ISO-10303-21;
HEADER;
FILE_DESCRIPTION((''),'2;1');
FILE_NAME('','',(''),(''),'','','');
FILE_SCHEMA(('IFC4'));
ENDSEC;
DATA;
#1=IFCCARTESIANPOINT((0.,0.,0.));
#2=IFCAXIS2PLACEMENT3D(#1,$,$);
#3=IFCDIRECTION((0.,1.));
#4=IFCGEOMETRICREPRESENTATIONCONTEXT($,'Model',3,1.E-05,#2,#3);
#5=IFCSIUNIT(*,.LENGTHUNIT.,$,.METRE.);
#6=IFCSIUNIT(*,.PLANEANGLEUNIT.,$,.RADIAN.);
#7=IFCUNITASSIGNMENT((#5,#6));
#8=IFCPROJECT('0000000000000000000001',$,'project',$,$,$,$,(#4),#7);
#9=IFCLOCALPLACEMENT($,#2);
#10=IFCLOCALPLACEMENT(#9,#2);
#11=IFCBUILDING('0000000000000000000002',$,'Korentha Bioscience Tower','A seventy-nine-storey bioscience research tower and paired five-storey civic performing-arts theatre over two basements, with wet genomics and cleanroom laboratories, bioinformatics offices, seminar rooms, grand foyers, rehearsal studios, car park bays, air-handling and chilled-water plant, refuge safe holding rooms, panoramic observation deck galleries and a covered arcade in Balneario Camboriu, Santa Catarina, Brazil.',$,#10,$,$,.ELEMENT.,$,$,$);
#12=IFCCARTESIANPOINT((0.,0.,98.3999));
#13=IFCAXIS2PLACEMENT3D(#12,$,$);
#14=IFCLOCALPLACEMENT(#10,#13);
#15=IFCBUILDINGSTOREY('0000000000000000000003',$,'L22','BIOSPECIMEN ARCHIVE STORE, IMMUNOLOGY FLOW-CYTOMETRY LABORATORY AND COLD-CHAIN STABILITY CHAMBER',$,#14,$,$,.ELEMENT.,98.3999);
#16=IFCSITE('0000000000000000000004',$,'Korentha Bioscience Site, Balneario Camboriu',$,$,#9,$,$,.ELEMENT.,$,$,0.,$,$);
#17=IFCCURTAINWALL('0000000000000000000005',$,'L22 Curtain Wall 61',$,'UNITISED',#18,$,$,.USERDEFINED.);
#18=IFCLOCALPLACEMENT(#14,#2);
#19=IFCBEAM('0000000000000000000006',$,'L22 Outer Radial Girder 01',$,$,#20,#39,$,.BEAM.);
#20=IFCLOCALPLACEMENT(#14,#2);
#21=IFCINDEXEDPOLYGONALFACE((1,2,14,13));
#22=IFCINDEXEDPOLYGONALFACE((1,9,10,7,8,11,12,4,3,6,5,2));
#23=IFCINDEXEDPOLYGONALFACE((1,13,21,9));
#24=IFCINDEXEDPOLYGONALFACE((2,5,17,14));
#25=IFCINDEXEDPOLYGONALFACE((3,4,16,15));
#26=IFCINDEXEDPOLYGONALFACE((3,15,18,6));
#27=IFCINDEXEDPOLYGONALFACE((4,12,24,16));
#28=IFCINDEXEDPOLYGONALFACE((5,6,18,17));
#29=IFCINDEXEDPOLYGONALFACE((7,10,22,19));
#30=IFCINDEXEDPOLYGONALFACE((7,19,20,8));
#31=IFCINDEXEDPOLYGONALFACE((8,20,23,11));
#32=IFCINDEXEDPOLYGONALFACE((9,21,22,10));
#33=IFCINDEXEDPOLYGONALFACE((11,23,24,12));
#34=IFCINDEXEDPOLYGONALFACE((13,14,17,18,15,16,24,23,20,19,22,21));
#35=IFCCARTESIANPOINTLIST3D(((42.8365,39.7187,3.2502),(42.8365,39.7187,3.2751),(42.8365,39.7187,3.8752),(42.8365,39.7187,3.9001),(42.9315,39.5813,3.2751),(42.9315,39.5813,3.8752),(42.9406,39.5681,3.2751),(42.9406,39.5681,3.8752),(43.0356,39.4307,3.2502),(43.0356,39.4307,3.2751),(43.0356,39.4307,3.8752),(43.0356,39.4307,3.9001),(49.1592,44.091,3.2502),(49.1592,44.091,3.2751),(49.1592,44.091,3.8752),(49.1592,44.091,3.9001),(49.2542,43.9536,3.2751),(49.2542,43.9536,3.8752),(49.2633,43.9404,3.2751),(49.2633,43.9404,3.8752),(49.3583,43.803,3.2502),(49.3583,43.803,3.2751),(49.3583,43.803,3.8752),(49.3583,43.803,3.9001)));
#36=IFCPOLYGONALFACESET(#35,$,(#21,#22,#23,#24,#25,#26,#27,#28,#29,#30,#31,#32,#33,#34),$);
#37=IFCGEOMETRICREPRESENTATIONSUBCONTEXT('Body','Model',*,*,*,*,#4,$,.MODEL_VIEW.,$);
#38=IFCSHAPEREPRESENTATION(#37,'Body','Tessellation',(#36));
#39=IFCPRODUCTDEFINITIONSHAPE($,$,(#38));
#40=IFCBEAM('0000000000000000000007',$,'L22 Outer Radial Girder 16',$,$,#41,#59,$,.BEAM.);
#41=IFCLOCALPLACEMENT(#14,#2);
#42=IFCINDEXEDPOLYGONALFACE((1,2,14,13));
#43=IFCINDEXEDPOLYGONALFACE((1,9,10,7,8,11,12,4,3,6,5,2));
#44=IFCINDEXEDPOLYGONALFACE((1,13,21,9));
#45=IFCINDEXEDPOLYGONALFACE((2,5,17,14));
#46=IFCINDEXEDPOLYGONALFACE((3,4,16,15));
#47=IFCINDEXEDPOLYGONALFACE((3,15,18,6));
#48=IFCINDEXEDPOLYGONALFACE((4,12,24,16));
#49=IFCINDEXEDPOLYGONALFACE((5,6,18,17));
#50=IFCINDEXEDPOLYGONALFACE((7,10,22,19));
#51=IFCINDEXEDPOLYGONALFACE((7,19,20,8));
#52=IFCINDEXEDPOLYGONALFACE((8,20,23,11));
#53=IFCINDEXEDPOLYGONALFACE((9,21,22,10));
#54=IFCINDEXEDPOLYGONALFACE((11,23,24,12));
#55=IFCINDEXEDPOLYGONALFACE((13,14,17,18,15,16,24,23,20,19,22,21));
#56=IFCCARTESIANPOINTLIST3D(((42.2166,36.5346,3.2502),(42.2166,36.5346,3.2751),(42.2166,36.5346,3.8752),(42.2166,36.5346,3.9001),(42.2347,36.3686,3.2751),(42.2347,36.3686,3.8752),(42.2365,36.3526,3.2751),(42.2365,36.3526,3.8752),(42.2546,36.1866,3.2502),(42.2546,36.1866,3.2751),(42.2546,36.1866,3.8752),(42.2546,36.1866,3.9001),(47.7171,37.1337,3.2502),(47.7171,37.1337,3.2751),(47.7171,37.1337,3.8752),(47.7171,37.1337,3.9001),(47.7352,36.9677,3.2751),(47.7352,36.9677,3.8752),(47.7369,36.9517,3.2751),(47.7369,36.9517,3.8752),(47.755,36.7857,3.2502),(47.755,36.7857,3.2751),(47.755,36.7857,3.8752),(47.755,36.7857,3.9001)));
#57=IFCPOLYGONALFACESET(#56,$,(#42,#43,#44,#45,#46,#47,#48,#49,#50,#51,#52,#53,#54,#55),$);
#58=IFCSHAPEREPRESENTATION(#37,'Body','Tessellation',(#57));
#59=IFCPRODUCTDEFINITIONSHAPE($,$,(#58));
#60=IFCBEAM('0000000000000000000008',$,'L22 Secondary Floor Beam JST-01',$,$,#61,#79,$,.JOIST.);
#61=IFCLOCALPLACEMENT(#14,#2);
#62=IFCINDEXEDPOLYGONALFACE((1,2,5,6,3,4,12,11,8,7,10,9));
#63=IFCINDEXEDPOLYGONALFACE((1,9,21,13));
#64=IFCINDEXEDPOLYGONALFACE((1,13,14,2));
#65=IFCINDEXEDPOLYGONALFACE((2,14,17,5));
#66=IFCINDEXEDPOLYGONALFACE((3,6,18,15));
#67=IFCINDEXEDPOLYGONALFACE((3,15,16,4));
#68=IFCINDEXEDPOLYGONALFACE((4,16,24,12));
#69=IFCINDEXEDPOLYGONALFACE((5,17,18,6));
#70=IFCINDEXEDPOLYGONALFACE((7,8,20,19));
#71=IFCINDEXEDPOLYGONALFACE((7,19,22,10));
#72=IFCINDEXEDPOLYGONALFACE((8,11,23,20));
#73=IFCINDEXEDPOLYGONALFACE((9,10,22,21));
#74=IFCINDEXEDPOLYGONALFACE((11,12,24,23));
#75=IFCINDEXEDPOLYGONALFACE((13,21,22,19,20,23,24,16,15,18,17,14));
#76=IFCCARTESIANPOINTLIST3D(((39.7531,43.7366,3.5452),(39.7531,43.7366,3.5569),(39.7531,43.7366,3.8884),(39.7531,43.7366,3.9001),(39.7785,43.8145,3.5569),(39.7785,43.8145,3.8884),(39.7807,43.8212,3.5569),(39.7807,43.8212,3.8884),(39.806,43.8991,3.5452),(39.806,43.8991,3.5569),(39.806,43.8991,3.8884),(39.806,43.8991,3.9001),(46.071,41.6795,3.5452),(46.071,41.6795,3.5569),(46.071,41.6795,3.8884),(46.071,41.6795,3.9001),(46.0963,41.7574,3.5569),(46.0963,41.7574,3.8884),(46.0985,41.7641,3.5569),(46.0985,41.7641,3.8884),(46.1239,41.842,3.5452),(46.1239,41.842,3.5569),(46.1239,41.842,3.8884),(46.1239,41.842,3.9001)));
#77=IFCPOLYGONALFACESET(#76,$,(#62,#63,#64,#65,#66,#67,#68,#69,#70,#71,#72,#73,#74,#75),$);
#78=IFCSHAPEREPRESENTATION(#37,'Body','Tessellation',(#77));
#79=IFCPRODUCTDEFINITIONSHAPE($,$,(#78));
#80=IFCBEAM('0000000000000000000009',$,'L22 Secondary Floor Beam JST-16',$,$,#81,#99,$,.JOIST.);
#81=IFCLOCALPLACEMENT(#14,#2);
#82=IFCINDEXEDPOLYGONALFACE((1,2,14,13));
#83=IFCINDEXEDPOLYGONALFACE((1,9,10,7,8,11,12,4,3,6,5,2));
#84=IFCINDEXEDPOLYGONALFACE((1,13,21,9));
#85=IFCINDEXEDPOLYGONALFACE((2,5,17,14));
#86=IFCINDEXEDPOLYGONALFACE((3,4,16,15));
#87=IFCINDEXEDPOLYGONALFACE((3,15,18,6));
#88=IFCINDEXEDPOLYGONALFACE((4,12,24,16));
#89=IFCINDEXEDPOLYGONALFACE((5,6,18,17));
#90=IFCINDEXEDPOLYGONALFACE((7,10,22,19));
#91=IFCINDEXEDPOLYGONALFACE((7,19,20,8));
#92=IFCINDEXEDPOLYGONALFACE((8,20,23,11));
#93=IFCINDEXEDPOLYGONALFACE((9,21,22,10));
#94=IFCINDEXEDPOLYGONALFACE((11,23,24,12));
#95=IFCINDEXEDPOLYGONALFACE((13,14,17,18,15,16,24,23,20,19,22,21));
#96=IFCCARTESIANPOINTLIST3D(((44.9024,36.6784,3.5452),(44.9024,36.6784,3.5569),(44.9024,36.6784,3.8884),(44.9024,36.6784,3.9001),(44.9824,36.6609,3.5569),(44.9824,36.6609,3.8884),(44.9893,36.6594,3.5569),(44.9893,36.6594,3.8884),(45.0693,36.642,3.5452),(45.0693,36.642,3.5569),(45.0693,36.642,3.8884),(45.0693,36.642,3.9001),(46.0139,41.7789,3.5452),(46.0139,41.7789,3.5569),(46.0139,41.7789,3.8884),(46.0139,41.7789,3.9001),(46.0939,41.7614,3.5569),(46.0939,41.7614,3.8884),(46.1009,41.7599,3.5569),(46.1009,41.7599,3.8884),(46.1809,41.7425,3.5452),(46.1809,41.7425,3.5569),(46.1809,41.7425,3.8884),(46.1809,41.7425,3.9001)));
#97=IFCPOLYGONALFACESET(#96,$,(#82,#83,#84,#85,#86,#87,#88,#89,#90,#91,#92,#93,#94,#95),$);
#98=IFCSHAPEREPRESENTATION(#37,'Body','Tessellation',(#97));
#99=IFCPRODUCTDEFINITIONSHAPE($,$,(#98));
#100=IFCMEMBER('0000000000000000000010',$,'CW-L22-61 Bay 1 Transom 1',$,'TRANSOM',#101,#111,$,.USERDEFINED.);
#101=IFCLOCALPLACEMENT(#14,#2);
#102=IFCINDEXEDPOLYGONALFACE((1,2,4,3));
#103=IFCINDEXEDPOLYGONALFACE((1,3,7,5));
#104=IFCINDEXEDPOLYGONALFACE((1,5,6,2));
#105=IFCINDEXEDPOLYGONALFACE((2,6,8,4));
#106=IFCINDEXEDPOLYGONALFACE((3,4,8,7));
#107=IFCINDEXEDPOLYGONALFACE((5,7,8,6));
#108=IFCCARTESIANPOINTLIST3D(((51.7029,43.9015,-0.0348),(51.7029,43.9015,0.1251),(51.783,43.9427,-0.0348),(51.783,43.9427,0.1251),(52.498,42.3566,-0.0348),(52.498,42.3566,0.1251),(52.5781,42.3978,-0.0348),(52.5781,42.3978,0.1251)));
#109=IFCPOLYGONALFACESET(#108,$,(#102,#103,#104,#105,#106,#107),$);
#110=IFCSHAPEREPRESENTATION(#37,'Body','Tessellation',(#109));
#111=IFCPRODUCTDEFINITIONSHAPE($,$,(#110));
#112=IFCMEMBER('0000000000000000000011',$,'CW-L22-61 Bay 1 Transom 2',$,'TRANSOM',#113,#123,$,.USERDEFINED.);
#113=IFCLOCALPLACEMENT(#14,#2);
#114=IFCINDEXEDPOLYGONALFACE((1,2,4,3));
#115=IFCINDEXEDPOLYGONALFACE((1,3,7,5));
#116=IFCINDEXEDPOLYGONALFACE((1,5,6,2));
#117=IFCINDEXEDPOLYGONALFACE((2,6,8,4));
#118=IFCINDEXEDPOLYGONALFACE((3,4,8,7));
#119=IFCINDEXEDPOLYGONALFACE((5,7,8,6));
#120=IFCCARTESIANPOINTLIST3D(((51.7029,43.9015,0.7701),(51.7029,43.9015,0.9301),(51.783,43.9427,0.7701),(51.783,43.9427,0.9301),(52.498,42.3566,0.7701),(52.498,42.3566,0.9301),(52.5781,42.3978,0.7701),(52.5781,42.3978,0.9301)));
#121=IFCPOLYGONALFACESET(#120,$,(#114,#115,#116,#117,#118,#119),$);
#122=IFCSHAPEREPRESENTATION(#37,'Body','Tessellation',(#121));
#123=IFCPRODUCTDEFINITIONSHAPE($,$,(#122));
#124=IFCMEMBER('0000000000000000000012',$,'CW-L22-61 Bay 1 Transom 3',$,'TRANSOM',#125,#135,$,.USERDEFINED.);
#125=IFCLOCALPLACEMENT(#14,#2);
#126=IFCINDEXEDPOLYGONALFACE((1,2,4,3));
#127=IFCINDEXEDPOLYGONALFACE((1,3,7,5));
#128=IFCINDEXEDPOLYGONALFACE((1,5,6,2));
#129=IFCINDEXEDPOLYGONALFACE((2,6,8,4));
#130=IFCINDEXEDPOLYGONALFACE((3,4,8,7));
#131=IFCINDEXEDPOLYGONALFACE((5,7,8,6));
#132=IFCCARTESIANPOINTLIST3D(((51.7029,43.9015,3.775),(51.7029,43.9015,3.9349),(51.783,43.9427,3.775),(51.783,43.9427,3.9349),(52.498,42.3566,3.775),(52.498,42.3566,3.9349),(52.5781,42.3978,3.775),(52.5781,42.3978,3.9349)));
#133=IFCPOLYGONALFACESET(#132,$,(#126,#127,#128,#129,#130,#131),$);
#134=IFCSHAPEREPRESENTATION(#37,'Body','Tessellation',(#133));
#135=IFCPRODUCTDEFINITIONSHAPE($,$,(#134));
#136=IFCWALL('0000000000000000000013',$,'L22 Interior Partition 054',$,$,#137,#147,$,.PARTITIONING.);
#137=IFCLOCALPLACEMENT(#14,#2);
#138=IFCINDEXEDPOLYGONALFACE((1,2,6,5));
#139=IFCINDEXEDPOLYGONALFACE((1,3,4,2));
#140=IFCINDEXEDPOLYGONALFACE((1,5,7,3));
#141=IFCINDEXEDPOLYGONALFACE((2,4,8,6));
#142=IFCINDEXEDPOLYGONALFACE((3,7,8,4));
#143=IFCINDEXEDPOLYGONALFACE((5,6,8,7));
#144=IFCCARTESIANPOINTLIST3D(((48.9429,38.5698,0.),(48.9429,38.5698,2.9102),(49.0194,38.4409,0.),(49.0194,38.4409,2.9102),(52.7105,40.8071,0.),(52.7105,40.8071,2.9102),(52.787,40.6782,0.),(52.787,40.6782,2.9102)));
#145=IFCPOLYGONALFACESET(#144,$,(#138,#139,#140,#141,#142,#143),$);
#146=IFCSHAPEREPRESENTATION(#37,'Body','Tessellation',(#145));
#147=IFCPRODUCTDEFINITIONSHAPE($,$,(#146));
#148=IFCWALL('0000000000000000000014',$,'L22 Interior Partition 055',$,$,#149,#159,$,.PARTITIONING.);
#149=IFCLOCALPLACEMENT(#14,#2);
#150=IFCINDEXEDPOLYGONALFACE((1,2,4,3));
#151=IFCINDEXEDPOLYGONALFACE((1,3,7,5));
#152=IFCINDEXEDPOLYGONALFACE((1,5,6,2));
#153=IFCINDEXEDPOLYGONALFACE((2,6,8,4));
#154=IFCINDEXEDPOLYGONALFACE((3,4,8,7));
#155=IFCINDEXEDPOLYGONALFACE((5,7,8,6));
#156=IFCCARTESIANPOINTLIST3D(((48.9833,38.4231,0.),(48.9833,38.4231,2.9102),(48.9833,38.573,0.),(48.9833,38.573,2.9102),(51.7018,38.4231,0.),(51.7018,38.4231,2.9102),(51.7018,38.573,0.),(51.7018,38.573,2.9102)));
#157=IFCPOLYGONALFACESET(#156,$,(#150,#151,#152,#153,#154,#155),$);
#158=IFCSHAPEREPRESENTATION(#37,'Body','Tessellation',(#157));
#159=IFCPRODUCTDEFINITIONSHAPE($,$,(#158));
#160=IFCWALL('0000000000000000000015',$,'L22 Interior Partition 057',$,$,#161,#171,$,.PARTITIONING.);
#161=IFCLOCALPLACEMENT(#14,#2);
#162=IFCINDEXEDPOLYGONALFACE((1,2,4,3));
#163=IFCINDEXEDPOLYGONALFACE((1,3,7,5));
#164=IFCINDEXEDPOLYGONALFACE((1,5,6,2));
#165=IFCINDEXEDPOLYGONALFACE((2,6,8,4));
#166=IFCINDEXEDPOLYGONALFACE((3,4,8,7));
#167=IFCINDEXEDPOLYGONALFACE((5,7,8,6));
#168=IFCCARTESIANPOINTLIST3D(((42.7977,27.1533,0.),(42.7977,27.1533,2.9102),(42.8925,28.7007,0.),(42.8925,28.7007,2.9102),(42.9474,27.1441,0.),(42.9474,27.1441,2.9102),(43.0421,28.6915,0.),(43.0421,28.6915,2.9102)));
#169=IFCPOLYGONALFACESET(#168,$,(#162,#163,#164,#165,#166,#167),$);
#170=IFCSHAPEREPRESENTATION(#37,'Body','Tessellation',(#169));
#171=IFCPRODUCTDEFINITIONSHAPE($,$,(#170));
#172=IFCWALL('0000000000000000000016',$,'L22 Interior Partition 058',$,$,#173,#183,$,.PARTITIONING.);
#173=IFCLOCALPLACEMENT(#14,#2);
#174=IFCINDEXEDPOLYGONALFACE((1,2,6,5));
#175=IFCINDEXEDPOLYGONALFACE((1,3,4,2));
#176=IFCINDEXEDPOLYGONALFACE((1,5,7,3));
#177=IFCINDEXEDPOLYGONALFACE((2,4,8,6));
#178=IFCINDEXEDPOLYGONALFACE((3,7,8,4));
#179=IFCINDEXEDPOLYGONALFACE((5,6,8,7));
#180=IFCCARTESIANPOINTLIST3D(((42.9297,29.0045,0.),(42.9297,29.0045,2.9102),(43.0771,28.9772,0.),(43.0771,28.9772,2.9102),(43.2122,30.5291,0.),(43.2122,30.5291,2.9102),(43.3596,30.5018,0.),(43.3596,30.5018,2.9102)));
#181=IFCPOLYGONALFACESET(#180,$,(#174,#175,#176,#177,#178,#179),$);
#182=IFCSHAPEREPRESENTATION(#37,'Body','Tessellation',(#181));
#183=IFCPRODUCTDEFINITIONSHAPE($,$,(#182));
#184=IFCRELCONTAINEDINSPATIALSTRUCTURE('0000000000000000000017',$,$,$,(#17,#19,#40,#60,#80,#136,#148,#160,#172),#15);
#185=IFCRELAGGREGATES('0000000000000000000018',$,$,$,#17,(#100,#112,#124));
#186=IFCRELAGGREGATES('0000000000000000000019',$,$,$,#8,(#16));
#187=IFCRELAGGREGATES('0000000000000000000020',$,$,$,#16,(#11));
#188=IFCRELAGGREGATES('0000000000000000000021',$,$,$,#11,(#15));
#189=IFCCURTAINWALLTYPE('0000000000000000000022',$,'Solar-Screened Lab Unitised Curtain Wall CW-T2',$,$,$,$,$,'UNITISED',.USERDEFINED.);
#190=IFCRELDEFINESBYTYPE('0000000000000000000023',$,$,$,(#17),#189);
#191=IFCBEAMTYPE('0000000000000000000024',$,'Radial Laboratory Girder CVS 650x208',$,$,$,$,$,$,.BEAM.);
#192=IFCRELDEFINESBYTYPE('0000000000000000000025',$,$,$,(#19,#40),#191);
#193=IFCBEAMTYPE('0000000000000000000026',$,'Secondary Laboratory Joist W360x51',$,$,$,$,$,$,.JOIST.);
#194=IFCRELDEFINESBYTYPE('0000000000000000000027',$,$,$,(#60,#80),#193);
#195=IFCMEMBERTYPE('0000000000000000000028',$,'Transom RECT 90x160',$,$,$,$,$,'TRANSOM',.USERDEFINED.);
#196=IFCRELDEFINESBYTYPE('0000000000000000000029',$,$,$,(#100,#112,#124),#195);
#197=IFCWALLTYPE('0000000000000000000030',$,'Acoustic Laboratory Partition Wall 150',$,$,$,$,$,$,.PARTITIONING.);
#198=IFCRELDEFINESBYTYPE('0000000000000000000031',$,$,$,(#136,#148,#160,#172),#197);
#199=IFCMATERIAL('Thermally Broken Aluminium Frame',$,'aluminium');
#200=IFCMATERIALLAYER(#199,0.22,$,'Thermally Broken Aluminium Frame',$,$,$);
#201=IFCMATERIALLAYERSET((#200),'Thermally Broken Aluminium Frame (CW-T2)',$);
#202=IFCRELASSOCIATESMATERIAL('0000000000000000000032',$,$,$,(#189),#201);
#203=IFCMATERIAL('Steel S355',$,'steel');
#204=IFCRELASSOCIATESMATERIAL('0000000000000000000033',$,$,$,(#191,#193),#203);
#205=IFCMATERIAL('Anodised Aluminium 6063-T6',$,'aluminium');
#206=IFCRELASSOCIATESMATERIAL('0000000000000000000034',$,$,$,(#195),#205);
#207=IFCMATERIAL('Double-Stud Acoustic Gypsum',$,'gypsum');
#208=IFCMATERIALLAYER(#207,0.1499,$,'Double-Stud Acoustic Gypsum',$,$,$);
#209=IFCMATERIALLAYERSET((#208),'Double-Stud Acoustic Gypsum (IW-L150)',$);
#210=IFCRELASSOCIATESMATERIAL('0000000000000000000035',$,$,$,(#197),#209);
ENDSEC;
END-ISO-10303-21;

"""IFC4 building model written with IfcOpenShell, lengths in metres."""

from ifc_helpers import new_model, si_unit, direction, frame, frame_2d, origin, origin_2d, place, context, subcontext, project, spatial, rectangle, i_section, extrude, material, layer, layer_set, material_profile, profile_set, type_object, element, aggregate, save


model = new_model("IFC4")

# Units and contexts
model_context = context("Model", 3, precision=1e-05, world=origin(), true_north=direction((0.0, 1.0)))
body_context = subcontext(model_context, "Body", "Model", "MODEL_VIEW")
ifc_project = project(units=[si_unit("LENGTHUNIT", "METRE"), si_unit("PLANEANGLEUNIT", "RADIAN")], contexts=[model_context])

# Site, building, storey
site_placement = place(None, origin())
site = spatial("IfcSite", under=ifc_project, at=site_placement, Name="Korentha Bioscience Site, Balneario Camboriu", CompositionType="ELEMENT", RefElevation=0.0)
building_placement = place(site_placement, origin())
building = spatial("IfcBuilding", under=site, at=building_placement, Name="Korentha Bioscience Tower", Description="A seventy-nine-storey bioscience research tower and paired five-storey civic performing-arts theatre over two basements, with wet genomics and cleanroom laboratories, bioinformatics offices, seminar rooms, grand foyers, rehearsal studios, car park bays, air-handling and chilled-water plant, refuge safe holding rooms, panoramic observation deck galleries and a covered arcade in Balneario Camboriu, Santa Catarina, Brazil.", CompositionType="ELEMENT")
storey_placement = place(building_placement, frame((0.0, 0.0, 98.3999)))
storey = spatial("IfcBuildingStorey", under=building, at=storey_placement, Name="L22", Description="BIOSPECIMEN ARCHIVE STORE, IMMUNOLOGY FLOW-CYTOMETRY LABORATORY AND COLD-CHAIN STABILITY CHAMBER", CompositionType="ELEMENT", Elevation=98.3999)

# Shared definitions
ifc_material_1 = material(Name="Steel S355", Category="steel")

# Curtain wall
ifc_material_2 = material(Name="Thermally Broken Aluminium Frame", Category="aluminium")
ifc_layer_1 = layer(ifc_material_2, 0.22, Name="Thermally Broken Aluminium Frame")
ifc_layer_set_1 = layer_set([ifc_layer_1], Name="Thermally Broken Aluminium Frame (CW-T2)")
curtain_wall_type = type_object("IfcCurtainWallType", Name="Solar-Screened Lab Unitised Curtain Wall CW-T2", ElementType="UNITISED", PredefinedType="USERDEFINED", material=ifc_layer_set_1)
curtain_wall_placement = place(storey_placement, origin())
curtain_wall = element("IfcCurtainWall", 1, at=curtain_wall_placement, inside=storey, type_object=curtain_wall_type, Name="L22 Curtain Wall 61", ObjectType="UNITISED", PredefinedType="USERDEFINED")
ifc_material_3 = material(Name="Anodised Aluminium 6063-T6", Category="aluminium")

# Beams
ifc_material_profile_1 = material_profile(ifc_material_1, i_section(OverallWidth=0.3501, OverallDepth=0.6499, WebThickness=0.0161, FlangeThickness=0.0249, at=origin_2d()), Name="Steel S355")
ifc_profile_set_1 = profile_set([ifc_material_profile_1], Name="Steel S355 (RB-650)")
beam_type_1 = type_object("IfcBeamType", Name="Radial Laboratory Girder CVS 650x208", PredefinedType="BEAM", material=ifc_profile_set_1)
beam_1_placement = place(storey_placement, frame((42.936, 39.5747, 3.5752), z_axis=(0.822495, 0.568772, 0.0), x_axis=(-0.568772, 0.822495, 0.0)))
element("IfcBeam", 2, at=beam_1_placement, inside=storey, type_object=beam_type_1, Name="L22 Outer Radial Girder 01", PredefinedType="BEAM", context=body_context, shape_type="SweptSolid", body=[
    extrude(i_section(OverallWidth=0.3501, OverallDepth=0.6499, WebThickness=0.0161, FlangeThickness=0.0249, at=origin_2d()), origin(), (0.0, 0.0, 1.0), 7.6873),
])
beam_2_placement = place(storey_placement, frame((42.2356, 36.3606, 3.5752), z_axis=(0.99412, 0.108281, 0.0), x_axis=(-0.108281, 0.99412, 0.0)))
element("IfcBeam", 3, at=beam_2_placement, inside=storey, type_object=beam_type_1, Name="L22 Outer Radial Girder 16", PredefinedType="BEAM", context=body_context, shape_type="SweptSolid", body=[
    extrude(i_section(OverallWidth=0.3501, OverallDepth=0.6499, WebThickness=0.0161, FlangeThickness=0.0249, at=origin_2d()), origin(), (0.0, 0.0, 1.0), 5.533),
])
ifc_material_profile_2 = material_profile(ifc_material_1, i_section(OverallWidth=0.1709, OverallDepth=0.355, WebThickness=0.0071, FlangeThickness=0.0117, at=origin_2d()), Name="Steel S355")
ifc_profile_set_2 = profile_set([ifc_material_profile_2], Name="Steel S355 (JB-360)")
beam_type_2 = type_object("IfcBeamType", Name="Secondary Laboratory Joist W360x51", PredefinedType="JOIST", material=ifc_profile_set_2)
beam_3_placement = place(storey_placement, frame((46.0974, 41.7607, 3.7227), z_axis=(-0.950865, 0.309606, 0.0), x_axis=(-0.309606, -0.950865, 0.0)))
element("IfcBeam", 4, at=beam_3_placement, inside=storey, type_object=beam_type_2, Name="L22 Secondary Floor Beam JST-01", PredefinedType="JOIST", context=body_context, shape_type="SweptSolid", body=[
    extrude(i_section(OverallWidth=0.1709, OverallDepth=0.355, WebThickness=0.0071, FlangeThickness=0.0117, at=origin_2d()), origin(), (0.0, 0.0, 1.0), 6.6443),
])
beam_4_placement = place(storey_placement, frame((44.9858, 36.6602, 3.7227), z_axis=(0.212932, 0.977067, 0.0), x_axis=(-0.977067, 0.212932, 0.0)))
element("IfcBeam", 5, at=beam_4_placement, inside=storey, type_object=beam_type_2, Name="L22 Secondary Floor Beam JST-16", PredefinedType="JOIST", context=body_context, shape_type="SweptSolid", body=[
    extrude(i_section(OverallWidth=0.1709, OverallDepth=0.355, WebThickness=0.0071, FlangeThickness=0.0117, at=origin_2d()), origin(), (0.0, 0.0, 1.0), 5.2202),
])

# Members
ifc_material_profile_3 = material_profile(ifc_material_3, rectangle(XDim=0.0901, YDim=0.1599, at=origin_2d()), Name="Anodised Aluminium 6063-T6")
ifc_profile_set_3 = profile_set([ifc_material_profile_3], Name="Anodised Aluminium 6063-T6 (CW-TRN)")
member_type_1 = type_object("IfcMemberType", Name="Transom RECT 90x160", ElementType="TRANSOM", PredefinedType="USERDEFINED", material=ifc_profile_set_3)
member_1_placement = place(storey_placement, frame((52.5381, 42.3772, 0.0452), z_axis=(-0.457637, 0.889139, 0.0), x_axis=(-0.889139, -0.457637, 0.0)))
member_1 = element("IfcMember", 6, at=member_1_placement, type_object=member_type_1, Name="CW-L22-61 Bay 1 Transom 1", ObjectType="TRANSOM", PredefinedType="USERDEFINED", context=body_context, shape_type="SweptSolid", body=[
    extrude(rectangle(XDim=0.0901, YDim=0.1599, at=origin_2d()), origin(), (0.0, 0.0, 1.0), 1.7375),
])
member_2_placement = place(storey_placement, frame((52.5381, 42.3772, 0.8501), z_axis=(-0.457637, 0.889139, 0.0), x_axis=(-0.889139, -0.457637, 0.0)))
member_2 = element("IfcMember", 7, at=member_2_placement, type_object=member_type_1, Name="CW-L22-61 Bay 1 Transom 2", ObjectType="TRANSOM", PredefinedType="USERDEFINED", context=body_context, shape_type="SweptSolid", body=[
    extrude(rectangle(XDim=0.0901, YDim=0.1599, at=origin_2d()), origin(), (0.0, 0.0, 1.0), 1.7375),
])
member_3_placement = place(storey_placement, frame((52.5381, 42.3772, 3.855), z_axis=(-0.457637, 0.889139, 0.0), x_axis=(-0.889139, -0.457637, 0.0)))
member_3 = element("IfcMember", 8, at=member_3_placement, type_object=member_type_1, Name="CW-L22-61 Bay 1 Transom 3", ObjectType="TRANSOM", PredefinedType="USERDEFINED", context=body_context, shape_type="SweptSolid", body=[
    extrude(rectangle(XDim=0.0901, YDim=0.1599, at=origin_2d()), origin(), (0.0, 0.0, 1.0), 1.7375),
])
aggregate(curtain_wall, [member_1, member_2, member_3])

# Walls
ifc_material_4 = material(Name="Double-Stud Acoustic Gypsum", Category="gypsum")
ifc_layer_2 = layer(ifc_material_4, 0.1499, Name="Double-Stud Acoustic Gypsum")
ifc_layer_set_2 = layer_set([ifc_layer_2], Name="Double-Stud Acoustic Gypsum (IW-L150)")
wall_type_1 = type_object("IfcWallType", Name="Acoustic Laboratory Partition Wall 150", PredefinedType="PARTITIONING", material=ifc_layer_set_2)
wall_1_placement = place(storey_placement, frame((52.7488, 40.7427, 0.0), z_axis=(0.0, 0.0, 1.0), x_axis=(-0.859824, -0.51059, 0.0)))
element("IfcWall", 9, at=wall_1_placement, inside=storey, type_object=wall_type_1, Name="L22 Interior Partition 054", PredefinedType="PARTITIONING", context=body_context, shape_type="SweptSolid", body=[
    extrude(rectangle(XDim=4.3818, YDim=0.1499, at=frame_2d((2.1909, 0.0))), origin(), (0.0, 0.0, 1.0), 2.9102),
])
wall_2_placement = place(storey_placement, frame((48.9832, 38.498, 0.0), z_axis=(0.0, 0.0, 1.0), x_axis=(1.0, 0.0, 0.0)))
element("IfcWall", 10, at=wall_2_placement, inside=storey, type_object=wall_type_1, Name="L22 Interior Partition 055", PredefinedType="PARTITIONING", context=body_context, shape_type="SweptSolid", body=[
    extrude(rectangle(XDim=2.7185, YDim=0.1499, at=frame_2d((1.3594, 0.0))), origin(), (0.0, 0.0, 1.0), 2.9102),
])
wall_3_placement = place(storey_placement, frame((42.8726, 27.1487, 0.0), z_axis=(0.0, 0.0, 1.0), x_axis=(0.061104, 0.998131, 0.0)))
element("IfcWall", 11, at=wall_3_placement, inside=storey, type_object=wall_type_1, Name="L22 Interior Partition 057", PredefinedType="PARTITIONING", context=body_context, shape_type="SweptSolid", body=[
    extrude(rectangle(XDim=1.5503, YDim=0.1499, at=frame_2d((0.7751, 0.0))), origin(), (0.0, 0.0, 1.0), 2.9102),
])
wall_4_placement = place(storey_placement, frame((43.0034, 28.9907, 0.0), z_axis=(0.0, 0.0, 1.0), x_axis=(0.182168, 0.983267, 0.0)))
element("IfcWall", 12, at=wall_4_placement, inside=storey, type_object=wall_type_1, Name="L22 Interior Partition 058", PredefinedType="PARTITIONING", context=body_context, shape_type="SweptSolid", body=[
    extrude(rectangle(XDim=1.5505, YDim=0.1499, at=frame_2d((0.7754, 0.0))), origin(), (0.0, 0.0, 1.0), 2.9102),
])

save(model, "model.ifc")
